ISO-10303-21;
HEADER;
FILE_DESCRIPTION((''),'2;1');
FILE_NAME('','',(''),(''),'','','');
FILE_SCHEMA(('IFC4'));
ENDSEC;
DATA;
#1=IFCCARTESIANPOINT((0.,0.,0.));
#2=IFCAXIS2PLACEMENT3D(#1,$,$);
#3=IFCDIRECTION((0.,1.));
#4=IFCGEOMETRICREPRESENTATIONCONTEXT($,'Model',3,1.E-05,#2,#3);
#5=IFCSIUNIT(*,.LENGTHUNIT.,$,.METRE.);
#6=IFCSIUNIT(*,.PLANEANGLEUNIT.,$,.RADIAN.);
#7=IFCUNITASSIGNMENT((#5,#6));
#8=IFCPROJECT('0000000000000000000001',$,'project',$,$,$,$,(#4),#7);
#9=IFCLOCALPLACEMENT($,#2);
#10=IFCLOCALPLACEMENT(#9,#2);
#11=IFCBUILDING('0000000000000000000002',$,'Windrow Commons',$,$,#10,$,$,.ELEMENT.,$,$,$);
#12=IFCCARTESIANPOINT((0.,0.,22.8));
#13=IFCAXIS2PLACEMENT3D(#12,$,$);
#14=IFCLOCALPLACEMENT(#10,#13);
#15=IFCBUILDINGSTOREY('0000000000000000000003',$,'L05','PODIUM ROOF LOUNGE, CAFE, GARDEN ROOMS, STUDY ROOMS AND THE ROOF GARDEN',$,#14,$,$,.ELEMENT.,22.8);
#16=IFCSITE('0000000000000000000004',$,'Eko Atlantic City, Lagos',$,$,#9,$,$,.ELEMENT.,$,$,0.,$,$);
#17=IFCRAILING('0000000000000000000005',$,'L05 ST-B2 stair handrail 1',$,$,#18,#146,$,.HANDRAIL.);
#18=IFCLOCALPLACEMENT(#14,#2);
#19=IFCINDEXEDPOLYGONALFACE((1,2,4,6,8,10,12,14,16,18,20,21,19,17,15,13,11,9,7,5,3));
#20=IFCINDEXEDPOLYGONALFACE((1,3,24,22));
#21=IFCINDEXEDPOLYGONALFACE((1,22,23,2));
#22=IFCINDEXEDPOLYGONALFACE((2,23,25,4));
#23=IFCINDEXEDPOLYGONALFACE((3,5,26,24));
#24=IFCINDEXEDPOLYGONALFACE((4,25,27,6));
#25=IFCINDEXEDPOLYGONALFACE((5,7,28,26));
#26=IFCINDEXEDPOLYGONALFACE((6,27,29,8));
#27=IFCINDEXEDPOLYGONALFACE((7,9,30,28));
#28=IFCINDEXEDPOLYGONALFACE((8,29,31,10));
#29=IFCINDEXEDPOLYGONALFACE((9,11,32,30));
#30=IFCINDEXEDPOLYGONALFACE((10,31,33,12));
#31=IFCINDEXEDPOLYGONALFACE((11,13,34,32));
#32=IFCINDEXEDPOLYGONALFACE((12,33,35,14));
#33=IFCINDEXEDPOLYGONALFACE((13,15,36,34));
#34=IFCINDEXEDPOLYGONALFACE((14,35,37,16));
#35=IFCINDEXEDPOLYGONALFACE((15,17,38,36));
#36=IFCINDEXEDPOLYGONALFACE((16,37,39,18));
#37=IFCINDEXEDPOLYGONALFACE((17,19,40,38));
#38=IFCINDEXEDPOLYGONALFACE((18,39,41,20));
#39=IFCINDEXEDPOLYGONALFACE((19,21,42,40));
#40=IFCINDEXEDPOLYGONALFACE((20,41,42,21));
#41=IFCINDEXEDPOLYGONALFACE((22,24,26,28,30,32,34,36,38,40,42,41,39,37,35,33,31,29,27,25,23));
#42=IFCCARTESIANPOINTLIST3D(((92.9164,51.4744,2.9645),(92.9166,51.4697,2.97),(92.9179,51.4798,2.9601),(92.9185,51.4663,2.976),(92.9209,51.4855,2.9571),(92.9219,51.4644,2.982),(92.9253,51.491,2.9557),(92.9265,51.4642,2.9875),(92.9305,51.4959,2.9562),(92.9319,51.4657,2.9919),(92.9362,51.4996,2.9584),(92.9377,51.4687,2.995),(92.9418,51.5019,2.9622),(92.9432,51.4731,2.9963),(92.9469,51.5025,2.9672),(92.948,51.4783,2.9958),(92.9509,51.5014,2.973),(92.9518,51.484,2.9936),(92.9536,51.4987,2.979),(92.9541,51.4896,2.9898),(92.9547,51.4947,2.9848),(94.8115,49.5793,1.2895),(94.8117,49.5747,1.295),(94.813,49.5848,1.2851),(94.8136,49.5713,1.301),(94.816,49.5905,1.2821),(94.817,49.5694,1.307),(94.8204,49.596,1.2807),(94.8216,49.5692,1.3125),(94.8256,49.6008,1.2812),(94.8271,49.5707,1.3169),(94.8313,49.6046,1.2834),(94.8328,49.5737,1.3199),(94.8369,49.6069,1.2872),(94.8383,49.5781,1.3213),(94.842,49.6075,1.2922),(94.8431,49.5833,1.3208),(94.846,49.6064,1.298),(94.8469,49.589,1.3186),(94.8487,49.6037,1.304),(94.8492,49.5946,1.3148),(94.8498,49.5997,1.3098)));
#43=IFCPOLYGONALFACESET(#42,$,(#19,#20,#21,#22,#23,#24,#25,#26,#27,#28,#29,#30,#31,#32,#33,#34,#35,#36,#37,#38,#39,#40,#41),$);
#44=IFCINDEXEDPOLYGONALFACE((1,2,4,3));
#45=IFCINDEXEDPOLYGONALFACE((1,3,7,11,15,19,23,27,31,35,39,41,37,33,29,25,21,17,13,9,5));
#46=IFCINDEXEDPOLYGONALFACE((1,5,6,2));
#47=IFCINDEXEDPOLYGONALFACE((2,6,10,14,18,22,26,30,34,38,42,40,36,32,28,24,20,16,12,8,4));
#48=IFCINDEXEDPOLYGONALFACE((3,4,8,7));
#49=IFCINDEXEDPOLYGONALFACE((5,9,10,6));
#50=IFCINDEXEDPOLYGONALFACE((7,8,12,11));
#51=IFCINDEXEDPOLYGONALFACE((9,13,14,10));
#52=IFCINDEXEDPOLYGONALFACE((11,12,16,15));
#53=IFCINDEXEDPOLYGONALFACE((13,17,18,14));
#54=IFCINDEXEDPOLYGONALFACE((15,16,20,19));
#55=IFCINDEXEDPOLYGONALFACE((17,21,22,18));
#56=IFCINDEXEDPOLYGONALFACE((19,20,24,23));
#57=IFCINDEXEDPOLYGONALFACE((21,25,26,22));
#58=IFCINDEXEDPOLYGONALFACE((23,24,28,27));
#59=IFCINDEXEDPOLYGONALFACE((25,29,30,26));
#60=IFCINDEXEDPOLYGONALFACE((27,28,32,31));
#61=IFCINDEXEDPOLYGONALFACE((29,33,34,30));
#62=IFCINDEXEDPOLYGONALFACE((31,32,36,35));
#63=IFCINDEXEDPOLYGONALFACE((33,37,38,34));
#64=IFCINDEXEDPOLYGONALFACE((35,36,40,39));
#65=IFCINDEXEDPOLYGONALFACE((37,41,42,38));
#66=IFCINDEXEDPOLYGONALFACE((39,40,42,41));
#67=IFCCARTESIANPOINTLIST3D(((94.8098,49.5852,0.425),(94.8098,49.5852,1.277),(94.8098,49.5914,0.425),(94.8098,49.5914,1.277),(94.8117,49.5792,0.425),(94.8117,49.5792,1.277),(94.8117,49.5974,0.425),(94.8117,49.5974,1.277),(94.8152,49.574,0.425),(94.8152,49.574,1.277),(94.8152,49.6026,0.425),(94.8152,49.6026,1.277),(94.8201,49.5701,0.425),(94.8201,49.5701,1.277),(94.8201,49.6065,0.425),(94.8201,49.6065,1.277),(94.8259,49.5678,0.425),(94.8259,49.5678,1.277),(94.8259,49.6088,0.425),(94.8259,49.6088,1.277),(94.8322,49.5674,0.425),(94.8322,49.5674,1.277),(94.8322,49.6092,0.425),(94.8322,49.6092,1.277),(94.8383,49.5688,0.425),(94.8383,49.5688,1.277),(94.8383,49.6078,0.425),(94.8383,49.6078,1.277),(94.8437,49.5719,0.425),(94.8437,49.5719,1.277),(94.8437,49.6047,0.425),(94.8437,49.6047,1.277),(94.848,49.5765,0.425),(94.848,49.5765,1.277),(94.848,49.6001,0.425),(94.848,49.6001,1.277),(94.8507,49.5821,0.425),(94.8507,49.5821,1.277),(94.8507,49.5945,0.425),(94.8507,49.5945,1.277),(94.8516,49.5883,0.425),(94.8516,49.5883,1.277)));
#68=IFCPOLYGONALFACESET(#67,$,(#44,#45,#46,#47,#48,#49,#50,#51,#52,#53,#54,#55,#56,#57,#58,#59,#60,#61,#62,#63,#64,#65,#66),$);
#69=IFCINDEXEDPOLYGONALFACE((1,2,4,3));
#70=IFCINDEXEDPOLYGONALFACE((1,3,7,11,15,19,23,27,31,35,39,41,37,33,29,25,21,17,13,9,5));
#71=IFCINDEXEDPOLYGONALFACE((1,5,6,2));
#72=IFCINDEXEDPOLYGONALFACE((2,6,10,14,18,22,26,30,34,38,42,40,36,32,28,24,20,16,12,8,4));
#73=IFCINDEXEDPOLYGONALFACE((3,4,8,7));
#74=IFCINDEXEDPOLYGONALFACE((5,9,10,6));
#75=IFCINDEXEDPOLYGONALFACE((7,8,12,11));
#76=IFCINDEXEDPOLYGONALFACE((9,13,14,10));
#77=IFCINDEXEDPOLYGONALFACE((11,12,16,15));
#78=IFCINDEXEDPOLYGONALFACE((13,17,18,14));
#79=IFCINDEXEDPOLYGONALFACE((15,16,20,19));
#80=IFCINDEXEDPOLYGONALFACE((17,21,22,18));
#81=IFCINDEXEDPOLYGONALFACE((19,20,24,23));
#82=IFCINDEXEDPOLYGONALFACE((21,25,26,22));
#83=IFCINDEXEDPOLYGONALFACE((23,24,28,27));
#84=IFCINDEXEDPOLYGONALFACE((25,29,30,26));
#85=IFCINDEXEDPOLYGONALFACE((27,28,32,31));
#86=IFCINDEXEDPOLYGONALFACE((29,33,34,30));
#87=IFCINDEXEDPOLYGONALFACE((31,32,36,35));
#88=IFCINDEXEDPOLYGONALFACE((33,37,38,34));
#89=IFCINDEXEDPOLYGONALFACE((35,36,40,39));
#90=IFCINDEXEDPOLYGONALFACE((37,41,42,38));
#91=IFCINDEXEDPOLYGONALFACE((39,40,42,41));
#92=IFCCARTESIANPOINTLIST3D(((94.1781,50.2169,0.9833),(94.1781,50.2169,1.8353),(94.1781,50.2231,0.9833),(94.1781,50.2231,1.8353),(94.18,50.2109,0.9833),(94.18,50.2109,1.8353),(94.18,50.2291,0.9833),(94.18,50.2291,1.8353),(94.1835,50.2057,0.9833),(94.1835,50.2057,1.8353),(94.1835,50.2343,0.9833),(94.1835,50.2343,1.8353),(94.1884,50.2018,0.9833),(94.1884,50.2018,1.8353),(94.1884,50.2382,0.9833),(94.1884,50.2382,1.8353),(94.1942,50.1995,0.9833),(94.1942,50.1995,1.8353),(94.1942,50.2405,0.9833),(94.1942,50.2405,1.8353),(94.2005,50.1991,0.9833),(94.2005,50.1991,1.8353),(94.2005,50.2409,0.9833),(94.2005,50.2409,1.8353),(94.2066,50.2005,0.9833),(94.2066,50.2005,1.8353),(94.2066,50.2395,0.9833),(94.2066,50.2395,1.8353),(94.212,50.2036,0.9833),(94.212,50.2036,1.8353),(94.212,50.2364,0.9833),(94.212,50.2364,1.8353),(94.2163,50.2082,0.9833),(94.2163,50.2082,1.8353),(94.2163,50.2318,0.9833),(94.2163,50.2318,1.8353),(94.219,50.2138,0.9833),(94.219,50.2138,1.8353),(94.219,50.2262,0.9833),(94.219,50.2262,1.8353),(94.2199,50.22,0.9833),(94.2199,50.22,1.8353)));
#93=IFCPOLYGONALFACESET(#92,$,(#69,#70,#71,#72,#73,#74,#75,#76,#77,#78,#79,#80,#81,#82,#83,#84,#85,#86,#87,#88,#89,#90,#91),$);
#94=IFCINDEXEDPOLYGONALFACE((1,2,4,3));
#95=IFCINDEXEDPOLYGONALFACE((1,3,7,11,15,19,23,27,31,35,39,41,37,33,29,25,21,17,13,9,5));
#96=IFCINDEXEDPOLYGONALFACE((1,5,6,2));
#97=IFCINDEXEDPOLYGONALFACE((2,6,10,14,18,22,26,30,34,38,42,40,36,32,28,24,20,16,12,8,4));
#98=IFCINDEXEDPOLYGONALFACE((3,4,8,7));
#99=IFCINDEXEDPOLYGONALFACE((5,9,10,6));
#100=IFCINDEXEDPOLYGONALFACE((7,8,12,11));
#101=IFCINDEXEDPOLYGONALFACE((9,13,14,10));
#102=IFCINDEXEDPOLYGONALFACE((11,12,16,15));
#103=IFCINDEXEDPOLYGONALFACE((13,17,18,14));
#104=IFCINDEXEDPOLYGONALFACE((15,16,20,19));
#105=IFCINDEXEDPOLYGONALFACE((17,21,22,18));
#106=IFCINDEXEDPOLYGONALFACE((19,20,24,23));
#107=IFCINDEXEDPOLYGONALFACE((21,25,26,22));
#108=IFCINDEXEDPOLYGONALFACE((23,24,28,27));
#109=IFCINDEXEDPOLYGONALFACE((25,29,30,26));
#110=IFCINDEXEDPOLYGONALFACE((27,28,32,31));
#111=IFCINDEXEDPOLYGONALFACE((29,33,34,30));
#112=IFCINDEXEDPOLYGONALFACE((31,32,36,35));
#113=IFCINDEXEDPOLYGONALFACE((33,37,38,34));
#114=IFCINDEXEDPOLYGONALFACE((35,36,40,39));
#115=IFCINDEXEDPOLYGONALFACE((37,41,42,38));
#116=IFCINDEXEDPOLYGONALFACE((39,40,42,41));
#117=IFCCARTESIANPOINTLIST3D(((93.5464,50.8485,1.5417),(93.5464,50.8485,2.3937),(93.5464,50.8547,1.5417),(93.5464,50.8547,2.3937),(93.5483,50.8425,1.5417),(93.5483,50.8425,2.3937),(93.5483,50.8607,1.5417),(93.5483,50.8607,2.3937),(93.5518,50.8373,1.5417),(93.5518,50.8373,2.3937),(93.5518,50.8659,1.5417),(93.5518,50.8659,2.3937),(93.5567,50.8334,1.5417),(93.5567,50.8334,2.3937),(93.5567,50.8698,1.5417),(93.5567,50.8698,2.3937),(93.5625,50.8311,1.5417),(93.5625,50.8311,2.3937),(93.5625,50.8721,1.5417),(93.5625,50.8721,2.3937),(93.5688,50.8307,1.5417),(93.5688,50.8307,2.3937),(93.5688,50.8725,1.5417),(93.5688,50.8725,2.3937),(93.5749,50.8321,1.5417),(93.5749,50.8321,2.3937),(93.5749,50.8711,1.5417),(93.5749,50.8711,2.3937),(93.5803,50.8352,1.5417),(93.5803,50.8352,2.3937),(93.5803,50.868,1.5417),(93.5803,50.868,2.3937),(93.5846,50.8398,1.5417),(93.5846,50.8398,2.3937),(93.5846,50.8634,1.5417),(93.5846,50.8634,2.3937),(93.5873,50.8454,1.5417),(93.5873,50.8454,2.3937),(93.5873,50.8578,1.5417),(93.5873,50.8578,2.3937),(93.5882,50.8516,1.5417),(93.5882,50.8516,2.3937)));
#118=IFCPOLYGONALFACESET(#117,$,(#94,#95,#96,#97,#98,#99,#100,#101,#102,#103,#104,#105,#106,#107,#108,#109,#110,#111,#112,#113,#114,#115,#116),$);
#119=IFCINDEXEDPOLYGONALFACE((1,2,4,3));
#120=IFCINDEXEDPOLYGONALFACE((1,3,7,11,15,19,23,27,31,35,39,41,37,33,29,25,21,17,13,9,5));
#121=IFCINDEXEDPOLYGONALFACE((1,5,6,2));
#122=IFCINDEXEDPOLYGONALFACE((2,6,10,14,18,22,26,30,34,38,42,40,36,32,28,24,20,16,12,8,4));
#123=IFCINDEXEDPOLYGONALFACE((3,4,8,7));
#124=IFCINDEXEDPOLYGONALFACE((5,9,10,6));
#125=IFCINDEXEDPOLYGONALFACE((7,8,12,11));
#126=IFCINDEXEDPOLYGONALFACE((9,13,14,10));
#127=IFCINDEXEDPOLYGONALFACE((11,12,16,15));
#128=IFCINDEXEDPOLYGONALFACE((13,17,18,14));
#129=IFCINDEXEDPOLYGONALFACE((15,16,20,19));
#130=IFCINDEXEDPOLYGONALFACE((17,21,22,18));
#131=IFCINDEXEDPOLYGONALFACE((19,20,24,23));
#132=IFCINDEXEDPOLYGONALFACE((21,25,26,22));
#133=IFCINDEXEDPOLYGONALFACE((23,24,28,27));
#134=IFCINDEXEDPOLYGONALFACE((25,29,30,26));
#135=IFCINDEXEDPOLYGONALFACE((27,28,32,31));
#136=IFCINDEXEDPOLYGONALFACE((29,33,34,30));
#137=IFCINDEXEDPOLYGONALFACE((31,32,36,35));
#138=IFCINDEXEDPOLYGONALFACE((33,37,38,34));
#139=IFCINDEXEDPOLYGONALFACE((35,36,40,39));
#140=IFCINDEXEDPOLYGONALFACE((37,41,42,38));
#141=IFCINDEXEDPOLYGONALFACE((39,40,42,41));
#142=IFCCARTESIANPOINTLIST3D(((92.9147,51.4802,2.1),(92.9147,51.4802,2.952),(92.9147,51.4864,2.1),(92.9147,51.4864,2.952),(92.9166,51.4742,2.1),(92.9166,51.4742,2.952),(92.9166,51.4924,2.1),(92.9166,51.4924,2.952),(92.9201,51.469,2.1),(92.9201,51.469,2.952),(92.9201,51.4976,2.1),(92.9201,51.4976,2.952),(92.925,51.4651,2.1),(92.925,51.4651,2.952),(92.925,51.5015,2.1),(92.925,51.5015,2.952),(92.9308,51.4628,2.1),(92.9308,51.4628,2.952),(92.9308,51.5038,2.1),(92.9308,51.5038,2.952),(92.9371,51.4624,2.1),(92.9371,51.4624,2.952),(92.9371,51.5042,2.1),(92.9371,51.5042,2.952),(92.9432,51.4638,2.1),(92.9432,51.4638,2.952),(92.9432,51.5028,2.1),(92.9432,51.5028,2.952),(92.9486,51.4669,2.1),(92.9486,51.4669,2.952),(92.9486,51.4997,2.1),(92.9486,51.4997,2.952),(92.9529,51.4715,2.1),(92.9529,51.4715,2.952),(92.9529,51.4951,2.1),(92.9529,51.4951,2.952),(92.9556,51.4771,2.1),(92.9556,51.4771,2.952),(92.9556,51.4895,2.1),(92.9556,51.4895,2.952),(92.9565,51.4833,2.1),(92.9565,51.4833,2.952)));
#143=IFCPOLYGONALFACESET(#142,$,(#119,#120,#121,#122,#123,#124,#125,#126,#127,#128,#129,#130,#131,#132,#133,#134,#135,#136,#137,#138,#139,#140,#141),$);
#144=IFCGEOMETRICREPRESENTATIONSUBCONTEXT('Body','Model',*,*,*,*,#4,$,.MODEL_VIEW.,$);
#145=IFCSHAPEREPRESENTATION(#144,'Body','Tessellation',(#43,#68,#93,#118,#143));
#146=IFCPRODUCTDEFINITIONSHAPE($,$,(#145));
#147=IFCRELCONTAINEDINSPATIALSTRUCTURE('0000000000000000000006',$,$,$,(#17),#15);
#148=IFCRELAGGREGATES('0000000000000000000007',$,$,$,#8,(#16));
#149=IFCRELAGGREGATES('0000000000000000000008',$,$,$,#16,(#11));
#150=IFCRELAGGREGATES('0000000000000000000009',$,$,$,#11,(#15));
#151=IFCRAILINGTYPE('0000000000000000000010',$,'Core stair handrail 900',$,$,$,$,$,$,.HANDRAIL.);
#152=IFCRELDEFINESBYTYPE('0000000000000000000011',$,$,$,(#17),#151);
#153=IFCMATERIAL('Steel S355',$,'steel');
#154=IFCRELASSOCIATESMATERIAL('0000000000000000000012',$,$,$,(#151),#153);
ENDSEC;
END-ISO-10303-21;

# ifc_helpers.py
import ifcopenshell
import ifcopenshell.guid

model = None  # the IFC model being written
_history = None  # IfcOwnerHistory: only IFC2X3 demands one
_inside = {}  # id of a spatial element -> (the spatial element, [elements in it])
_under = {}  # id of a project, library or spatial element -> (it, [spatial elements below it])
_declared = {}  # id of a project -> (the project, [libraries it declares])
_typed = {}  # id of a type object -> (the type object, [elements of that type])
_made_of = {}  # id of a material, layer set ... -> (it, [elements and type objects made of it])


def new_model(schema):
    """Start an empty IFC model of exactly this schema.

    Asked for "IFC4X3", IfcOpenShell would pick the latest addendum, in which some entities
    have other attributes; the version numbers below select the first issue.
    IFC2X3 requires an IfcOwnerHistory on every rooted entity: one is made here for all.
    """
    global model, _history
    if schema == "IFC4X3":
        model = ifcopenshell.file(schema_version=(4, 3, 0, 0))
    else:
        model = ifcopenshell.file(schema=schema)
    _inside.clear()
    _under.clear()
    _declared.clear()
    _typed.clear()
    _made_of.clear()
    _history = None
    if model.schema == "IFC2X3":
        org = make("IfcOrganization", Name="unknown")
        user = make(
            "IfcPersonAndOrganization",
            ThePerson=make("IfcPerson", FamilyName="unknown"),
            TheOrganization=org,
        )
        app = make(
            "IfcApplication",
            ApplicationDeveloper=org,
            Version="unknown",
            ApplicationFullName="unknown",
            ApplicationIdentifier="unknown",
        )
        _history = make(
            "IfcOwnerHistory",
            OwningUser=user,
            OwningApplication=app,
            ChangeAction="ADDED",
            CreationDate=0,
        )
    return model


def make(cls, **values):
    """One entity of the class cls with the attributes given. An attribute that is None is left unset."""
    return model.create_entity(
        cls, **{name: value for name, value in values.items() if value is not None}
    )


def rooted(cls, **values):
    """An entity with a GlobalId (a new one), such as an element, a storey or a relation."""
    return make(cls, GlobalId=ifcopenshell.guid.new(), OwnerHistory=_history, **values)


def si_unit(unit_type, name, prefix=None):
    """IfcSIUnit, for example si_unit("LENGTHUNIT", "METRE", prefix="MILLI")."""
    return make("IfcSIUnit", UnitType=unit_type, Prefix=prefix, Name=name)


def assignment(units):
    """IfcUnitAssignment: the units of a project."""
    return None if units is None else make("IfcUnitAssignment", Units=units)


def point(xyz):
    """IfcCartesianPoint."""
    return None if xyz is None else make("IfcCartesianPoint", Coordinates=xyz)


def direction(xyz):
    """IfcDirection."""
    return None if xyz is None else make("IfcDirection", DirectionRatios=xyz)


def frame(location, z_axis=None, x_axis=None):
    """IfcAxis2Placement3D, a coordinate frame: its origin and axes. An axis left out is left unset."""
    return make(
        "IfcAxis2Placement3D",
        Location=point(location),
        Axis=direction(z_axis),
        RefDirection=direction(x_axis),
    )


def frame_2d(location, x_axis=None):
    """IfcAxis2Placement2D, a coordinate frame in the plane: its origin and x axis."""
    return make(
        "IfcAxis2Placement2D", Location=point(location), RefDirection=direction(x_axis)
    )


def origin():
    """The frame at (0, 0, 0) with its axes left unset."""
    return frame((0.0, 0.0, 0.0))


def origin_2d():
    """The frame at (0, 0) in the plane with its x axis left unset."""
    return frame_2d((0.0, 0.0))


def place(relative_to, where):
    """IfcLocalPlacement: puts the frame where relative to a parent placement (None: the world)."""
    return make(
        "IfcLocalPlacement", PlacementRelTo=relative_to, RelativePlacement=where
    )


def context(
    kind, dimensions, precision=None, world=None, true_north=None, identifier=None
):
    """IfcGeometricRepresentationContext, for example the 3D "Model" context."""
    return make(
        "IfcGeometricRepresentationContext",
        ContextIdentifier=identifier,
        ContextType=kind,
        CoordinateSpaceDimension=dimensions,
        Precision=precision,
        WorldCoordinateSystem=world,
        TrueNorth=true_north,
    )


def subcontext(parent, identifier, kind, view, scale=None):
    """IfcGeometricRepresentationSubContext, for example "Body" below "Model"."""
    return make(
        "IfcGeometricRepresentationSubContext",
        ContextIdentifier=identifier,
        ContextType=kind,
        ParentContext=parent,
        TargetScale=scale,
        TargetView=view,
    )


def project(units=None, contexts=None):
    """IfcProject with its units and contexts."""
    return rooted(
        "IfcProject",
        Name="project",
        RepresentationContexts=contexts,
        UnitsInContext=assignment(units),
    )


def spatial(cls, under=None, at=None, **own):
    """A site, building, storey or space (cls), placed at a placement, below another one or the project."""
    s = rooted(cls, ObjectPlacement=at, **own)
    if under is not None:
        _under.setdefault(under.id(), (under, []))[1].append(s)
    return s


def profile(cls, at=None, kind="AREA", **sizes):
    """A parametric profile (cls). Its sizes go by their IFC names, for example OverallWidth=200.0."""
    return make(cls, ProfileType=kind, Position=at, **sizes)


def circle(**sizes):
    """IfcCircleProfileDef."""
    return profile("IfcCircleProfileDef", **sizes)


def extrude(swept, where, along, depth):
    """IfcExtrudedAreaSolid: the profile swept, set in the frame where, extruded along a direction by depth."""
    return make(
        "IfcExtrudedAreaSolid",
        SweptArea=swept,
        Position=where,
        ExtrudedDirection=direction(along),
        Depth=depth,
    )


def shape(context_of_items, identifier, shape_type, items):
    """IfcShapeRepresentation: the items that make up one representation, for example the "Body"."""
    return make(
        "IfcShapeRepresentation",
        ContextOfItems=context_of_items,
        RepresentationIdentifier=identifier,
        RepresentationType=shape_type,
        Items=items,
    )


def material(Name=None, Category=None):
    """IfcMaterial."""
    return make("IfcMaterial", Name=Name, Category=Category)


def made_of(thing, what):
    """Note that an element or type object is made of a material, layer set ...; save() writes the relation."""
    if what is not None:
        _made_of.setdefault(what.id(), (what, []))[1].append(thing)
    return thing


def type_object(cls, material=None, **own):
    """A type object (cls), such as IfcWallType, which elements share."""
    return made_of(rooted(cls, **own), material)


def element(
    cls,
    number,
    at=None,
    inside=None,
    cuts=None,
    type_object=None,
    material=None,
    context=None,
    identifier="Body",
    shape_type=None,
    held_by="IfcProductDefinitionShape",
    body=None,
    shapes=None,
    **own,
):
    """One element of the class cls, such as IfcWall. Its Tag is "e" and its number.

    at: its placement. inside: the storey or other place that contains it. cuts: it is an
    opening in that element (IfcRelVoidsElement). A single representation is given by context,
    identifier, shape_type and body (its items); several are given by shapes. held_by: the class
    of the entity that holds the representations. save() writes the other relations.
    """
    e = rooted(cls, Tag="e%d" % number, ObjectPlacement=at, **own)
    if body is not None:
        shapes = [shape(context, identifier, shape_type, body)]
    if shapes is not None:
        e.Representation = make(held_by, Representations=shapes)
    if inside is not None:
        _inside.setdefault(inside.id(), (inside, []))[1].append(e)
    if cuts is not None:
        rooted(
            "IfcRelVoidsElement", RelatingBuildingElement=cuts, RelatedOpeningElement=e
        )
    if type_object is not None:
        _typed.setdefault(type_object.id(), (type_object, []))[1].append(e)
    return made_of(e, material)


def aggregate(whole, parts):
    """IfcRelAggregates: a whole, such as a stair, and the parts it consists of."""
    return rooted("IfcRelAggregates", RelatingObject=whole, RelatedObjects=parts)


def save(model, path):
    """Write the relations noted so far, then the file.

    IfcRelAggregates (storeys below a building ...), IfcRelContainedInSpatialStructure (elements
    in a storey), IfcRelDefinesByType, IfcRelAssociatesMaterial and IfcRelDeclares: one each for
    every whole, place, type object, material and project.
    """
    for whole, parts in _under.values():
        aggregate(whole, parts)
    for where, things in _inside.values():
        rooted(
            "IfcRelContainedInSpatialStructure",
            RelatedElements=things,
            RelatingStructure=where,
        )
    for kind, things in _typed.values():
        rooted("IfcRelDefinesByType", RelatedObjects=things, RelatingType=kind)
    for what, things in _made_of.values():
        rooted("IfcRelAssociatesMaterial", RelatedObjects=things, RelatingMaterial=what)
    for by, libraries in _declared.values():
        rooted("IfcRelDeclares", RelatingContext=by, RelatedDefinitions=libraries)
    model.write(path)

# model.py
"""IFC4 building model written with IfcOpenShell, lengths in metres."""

from ifc_helpers import new_model, si_unit, direction, frame, origin, origin_2d, place, context, subcontext, project, spatial, circle, extrude, material, type_object, element, save


model = new_model("IFC4")

# Units and contexts
model_context = context("Model", 3, precision=1e-05, world=origin(), true_north=direction((0.0, 1.0)))
body_context = subcontext(model_context, "Body", "Model", "MODEL_VIEW")
ifc_project = project(units=[si_unit("LENGTHUNIT", "METRE"), si_unit("PLANEANGLEUNIT", "RADIAN")], contexts=[model_context])

# Site, building, storey
site_placement = place(None, origin())
site = spatial("IfcSite", under=ifc_project, at=site_placement, Name="Eko Atlantic City, Lagos", CompositionType="ELEMENT", RefElevation=0.0)
building_placement = place(site_placement, origin())
building = spatial("IfcBuilding", under=site, at=building_placement, Name="Windrow Commons", CompositionType="ELEMENT")
storey_placement = place(building_placement, frame((0.0, 0.0, 22.8)))
storey = spatial("IfcBuildingStorey", under=building, at=storey_placement, Name="L05", Description="PODIUM ROOF LOUNGE, CAFE, GARDEN ROOMS, STUDY ROOMS AND THE ROOF GARDEN", CompositionType="ELEMENT", Elevation=22.8)

# Railing
ifc_material_1 = material(Name="Steel S355", Category="steel")
railing_type_1 = type_object("IfcRailingType", Name="Core stair handrail 900", PredefinedType="HANDRAIL", material=ifc_material_1)
railing_1_placement = place(storey_placement, frame((94.8306, 49.5883, 0.425)))
element("IfcRailing", 1, at=railing_1_placement, inside=storey, type_object=railing_type_1, Name="L05 ST-B2 stair handrail 1", PredefinedType="HANDRAIL", context=body_context, shape_type="SweptSolid", body=[
    extrude(circle(Radius=0.024, at=origin_2d()), frame((0.0, 0.0, 0.876), z_axis=(-0.599642, 0.59961, 0.529998), x_axis=(-0.707088, -0.707125, 0.0)), (0.0, 0.0, 1.0), 3.1604),
    extrude(circle(Radius=0.021, at=origin_2d()), origin(), (0.0, 0.0, 1.0), 0.852),
    extrude(circle(Radius=0.021, at=origin_2d()), frame((-0.6317, 0.6317, 0.5583)), (0.0, 0.0, 1.0), 0.852),
    extrude(circle(Radius=0.021, at=origin_2d()), frame((-1.2634, 1.2633, 1.1167)), (0.0, 0.0, 1.0), 0.852),
    extrude(circle(Radius=0.021, at=origin_2d()), frame((-1.8951, 1.895, 1.675)), (0.0, 0.0, 1.0), 0.852),
])

save(model, "model.ifc")
